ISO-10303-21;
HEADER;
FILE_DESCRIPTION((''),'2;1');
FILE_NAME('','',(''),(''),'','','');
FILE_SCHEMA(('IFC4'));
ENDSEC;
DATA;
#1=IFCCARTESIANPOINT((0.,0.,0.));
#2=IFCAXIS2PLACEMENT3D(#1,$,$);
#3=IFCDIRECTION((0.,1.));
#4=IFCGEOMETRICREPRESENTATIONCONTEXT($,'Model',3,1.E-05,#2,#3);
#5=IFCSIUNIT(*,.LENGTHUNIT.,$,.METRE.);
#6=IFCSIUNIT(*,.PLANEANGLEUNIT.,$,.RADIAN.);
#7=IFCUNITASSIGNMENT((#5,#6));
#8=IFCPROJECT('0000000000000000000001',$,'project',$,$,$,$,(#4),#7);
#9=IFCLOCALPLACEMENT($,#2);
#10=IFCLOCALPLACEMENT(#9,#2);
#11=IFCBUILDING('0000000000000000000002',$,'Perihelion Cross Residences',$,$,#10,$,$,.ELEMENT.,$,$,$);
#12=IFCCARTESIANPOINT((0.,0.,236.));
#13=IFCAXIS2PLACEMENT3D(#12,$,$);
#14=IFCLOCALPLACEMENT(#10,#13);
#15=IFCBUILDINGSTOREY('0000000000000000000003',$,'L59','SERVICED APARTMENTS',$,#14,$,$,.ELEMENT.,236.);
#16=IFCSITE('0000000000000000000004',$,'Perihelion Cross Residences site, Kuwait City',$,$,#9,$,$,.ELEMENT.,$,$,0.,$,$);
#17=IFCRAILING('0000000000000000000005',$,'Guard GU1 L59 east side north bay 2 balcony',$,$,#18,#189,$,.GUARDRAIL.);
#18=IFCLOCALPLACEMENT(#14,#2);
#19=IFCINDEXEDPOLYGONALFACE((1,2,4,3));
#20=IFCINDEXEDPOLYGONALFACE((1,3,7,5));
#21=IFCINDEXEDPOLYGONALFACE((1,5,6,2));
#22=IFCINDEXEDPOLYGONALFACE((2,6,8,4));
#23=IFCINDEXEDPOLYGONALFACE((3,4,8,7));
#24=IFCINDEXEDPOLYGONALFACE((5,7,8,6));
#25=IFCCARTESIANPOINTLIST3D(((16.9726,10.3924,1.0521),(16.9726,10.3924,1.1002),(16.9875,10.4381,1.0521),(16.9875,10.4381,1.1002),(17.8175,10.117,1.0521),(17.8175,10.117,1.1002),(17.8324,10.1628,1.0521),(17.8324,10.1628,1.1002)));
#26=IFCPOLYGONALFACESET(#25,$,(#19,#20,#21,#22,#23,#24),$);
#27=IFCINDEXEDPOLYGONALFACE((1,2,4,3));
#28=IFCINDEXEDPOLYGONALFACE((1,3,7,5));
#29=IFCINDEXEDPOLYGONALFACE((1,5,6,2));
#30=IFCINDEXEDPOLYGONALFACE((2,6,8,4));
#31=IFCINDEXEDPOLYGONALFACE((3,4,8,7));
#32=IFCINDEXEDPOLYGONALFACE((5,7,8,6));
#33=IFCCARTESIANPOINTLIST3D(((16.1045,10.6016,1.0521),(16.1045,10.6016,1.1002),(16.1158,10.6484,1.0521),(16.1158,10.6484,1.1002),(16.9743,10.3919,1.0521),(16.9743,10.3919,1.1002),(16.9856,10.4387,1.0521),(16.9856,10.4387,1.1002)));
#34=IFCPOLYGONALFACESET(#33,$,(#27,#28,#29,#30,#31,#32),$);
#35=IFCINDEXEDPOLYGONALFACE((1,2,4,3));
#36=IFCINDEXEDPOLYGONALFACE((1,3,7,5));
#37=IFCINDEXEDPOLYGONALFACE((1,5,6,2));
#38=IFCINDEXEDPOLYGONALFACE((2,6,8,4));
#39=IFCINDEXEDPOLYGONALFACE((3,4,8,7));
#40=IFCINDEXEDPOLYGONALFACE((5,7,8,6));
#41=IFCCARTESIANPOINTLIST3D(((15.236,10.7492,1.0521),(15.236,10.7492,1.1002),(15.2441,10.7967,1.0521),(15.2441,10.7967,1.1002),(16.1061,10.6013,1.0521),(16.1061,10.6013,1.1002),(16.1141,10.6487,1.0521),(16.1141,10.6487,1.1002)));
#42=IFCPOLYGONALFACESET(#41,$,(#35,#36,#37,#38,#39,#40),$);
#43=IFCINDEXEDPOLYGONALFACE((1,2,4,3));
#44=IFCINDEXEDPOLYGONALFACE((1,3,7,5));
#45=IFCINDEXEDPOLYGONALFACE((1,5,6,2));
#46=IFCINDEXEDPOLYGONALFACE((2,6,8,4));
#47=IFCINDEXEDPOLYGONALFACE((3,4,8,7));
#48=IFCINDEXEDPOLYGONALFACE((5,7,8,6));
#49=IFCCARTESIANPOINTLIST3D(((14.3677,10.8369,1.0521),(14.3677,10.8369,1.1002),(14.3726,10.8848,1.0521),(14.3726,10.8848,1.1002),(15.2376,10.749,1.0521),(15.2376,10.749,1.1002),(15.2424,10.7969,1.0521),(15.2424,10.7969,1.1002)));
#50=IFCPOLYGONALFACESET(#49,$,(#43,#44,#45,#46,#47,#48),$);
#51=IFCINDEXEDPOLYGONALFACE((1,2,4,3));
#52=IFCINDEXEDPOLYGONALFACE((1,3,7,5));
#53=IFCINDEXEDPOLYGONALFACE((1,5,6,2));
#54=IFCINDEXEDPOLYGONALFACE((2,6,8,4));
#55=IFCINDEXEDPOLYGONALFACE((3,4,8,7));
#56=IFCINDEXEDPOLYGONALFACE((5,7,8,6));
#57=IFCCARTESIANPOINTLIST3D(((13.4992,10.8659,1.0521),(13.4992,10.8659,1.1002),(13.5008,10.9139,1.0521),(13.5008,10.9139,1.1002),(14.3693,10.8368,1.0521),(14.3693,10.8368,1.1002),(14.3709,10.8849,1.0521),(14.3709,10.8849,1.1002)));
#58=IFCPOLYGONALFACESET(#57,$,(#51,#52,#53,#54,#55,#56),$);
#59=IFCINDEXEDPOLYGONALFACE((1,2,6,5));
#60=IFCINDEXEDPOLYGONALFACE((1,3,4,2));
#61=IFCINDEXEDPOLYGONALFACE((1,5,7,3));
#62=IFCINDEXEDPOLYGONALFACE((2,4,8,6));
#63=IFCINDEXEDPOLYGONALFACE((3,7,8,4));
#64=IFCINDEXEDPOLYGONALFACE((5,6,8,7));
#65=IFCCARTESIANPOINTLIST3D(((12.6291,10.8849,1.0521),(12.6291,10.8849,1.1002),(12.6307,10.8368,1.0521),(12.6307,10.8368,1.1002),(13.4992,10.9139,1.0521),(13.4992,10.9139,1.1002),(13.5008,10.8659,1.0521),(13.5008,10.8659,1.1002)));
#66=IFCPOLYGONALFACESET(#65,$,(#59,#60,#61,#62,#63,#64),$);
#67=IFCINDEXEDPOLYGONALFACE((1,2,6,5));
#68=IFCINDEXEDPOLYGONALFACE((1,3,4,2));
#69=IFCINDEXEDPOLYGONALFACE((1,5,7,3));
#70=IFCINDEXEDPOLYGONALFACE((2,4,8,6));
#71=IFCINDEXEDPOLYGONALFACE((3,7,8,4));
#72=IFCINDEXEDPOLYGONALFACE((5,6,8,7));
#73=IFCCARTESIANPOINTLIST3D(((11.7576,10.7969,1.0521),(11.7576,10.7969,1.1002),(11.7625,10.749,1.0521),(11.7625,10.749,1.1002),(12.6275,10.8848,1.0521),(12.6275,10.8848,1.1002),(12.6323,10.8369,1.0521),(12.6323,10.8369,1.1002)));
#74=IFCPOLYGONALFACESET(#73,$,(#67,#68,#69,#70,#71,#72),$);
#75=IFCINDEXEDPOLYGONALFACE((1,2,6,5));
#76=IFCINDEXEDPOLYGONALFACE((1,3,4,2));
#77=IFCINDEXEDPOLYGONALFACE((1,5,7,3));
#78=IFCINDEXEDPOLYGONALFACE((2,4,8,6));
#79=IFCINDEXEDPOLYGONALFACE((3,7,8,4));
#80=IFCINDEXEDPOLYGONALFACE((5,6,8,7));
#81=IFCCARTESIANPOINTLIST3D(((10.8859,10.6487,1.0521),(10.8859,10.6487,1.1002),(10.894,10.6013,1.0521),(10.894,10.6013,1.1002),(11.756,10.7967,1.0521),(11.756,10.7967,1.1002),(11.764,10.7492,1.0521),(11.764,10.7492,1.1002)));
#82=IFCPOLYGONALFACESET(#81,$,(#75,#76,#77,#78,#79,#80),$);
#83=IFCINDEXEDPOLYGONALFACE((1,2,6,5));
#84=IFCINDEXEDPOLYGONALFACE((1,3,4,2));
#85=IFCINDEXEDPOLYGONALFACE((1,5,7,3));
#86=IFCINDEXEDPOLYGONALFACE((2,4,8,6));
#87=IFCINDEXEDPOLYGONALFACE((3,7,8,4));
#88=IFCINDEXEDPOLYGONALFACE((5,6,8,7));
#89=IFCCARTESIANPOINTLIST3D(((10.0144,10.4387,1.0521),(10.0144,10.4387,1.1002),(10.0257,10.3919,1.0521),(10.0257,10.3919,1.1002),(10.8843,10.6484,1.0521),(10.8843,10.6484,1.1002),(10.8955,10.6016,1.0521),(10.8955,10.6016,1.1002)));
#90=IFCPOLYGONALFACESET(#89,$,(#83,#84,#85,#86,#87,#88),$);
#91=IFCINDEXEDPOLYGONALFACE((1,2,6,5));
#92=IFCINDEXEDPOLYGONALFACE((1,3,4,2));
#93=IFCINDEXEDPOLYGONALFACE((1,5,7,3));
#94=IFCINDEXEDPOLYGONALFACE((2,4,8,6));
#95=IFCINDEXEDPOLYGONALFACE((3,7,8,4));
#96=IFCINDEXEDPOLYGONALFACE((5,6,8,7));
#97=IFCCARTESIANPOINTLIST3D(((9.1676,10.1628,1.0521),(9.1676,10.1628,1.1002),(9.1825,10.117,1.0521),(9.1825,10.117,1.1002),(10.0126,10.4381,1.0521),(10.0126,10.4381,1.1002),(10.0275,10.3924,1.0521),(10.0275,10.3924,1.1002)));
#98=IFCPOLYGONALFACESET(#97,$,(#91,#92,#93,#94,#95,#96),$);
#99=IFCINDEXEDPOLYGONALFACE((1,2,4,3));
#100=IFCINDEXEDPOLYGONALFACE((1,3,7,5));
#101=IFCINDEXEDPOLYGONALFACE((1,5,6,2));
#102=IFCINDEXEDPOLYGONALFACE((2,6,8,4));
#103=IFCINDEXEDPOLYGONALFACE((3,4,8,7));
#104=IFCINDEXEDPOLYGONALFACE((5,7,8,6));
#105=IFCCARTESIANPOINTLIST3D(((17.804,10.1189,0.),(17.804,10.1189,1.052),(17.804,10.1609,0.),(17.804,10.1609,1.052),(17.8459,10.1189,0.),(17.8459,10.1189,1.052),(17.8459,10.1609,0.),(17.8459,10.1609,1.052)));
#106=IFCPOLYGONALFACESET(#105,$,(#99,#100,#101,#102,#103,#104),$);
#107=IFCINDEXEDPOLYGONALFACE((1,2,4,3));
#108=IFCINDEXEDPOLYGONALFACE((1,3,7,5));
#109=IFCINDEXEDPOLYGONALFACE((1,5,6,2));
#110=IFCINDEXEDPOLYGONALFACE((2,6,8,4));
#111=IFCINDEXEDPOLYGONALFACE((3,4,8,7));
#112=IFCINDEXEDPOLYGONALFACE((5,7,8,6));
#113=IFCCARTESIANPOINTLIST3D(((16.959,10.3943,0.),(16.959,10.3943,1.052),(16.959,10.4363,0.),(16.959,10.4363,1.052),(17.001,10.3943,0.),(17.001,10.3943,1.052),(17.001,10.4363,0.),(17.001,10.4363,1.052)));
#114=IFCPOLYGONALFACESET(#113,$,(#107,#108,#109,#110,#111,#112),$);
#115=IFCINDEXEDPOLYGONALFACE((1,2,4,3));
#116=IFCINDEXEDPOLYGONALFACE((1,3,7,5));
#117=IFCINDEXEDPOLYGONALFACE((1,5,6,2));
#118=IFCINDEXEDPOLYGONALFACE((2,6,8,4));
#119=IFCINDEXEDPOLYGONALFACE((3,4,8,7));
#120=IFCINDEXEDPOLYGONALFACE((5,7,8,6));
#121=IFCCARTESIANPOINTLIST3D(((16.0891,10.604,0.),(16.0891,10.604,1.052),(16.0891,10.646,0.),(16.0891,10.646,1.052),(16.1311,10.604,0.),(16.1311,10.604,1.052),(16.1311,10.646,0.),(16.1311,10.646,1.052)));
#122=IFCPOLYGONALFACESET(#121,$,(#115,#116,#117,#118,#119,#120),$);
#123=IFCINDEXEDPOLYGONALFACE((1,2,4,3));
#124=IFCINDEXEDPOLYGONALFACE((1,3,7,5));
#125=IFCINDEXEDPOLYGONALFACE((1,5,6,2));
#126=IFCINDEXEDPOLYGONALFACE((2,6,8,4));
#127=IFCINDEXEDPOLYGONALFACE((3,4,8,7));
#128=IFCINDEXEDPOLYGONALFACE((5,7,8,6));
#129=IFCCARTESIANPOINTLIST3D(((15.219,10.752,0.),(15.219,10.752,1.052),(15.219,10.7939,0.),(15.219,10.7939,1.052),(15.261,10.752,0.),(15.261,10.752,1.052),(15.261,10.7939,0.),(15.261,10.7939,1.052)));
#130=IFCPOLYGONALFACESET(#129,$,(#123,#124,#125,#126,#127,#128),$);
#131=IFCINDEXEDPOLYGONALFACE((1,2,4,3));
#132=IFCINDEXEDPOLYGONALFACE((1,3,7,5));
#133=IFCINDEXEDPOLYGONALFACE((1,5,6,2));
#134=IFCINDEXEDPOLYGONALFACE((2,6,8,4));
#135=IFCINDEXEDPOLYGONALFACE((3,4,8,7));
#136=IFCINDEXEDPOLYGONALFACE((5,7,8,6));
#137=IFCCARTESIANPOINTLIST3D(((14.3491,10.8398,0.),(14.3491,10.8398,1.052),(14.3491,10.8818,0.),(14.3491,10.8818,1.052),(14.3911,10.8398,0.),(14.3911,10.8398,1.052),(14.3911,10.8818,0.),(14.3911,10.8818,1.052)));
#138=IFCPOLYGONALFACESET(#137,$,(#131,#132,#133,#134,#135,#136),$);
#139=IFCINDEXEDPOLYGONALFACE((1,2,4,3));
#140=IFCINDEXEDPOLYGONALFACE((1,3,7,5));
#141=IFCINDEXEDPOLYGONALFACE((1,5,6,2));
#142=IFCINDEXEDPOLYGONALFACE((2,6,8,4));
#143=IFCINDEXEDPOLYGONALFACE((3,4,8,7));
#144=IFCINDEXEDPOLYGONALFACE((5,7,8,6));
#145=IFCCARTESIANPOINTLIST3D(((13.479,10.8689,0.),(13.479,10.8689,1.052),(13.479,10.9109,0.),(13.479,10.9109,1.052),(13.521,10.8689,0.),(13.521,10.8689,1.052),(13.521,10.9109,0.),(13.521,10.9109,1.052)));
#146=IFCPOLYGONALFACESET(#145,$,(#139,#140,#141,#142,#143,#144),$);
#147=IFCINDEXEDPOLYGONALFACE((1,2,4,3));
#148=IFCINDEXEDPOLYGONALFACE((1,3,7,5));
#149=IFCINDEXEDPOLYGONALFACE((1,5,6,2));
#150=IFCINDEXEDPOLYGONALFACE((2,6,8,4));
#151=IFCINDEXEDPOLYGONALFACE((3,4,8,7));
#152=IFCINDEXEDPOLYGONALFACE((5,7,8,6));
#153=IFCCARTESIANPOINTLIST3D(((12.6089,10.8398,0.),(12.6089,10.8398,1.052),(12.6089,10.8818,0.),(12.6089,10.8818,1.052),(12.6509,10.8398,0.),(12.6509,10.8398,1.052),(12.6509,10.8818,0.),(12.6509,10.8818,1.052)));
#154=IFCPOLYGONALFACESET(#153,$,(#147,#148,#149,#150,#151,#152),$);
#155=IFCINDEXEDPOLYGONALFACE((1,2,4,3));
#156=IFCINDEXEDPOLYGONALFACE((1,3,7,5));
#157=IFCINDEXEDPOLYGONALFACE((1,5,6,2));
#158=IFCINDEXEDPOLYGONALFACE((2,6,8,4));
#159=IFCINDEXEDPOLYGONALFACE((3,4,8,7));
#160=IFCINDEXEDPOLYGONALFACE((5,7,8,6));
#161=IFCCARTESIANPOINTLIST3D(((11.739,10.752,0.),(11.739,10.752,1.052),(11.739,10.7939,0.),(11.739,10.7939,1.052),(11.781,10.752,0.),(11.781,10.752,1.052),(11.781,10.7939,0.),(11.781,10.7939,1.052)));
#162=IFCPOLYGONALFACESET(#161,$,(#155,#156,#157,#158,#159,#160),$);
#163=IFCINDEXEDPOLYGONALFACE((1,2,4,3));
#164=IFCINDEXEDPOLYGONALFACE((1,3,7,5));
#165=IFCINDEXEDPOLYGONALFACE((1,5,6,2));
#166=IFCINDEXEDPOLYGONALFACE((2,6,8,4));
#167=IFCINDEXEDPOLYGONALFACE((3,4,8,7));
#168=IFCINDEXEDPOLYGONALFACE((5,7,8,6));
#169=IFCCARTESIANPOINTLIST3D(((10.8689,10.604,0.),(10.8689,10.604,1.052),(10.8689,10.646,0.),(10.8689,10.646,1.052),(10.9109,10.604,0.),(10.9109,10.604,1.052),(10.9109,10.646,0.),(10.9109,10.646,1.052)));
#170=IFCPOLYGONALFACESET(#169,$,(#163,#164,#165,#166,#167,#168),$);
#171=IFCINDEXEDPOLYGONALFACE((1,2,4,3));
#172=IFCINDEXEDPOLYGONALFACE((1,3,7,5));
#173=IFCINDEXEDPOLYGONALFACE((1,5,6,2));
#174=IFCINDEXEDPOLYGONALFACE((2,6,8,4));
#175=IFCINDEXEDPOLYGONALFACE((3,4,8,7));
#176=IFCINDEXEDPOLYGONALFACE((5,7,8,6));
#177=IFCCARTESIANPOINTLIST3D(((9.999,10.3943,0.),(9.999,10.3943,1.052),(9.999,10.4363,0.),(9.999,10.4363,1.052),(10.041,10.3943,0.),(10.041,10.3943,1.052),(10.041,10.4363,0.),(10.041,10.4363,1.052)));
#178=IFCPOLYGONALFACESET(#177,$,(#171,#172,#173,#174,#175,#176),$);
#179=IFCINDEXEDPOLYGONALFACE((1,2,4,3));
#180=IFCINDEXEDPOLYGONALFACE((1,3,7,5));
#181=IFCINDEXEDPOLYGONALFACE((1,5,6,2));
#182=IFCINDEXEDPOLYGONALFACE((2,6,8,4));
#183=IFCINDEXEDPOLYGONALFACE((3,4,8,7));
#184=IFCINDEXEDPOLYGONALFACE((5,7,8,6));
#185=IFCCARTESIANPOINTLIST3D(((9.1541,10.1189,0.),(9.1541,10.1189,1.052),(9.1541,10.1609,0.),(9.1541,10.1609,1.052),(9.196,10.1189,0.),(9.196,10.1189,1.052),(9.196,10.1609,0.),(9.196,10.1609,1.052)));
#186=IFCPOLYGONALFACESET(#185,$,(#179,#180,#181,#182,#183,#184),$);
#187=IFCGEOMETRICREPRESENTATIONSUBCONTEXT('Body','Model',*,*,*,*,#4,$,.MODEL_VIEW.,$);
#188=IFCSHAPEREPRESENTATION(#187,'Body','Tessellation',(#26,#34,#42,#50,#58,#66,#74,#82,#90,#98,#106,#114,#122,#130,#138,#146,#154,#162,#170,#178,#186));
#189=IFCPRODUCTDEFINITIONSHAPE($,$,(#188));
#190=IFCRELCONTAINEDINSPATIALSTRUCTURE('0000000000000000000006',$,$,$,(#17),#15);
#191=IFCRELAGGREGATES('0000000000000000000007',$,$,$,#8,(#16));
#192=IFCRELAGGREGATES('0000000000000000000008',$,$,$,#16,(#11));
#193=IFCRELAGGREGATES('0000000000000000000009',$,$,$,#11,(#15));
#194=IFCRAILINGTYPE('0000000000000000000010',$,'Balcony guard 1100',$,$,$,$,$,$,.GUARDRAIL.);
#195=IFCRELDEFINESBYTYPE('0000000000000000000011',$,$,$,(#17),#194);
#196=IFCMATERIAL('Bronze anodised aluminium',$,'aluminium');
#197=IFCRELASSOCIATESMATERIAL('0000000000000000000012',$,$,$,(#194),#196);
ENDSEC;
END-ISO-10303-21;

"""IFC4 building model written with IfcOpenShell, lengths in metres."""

from ifc_helpers import new_model, si_unit, direction, frame, origin, origin_2d, place, context, subcontext, project, spatial, rectangle, extrude, material, type_object, element, save


model = new_model("IFC4")

# Units and contexts
model_context = context("Model", 3, precision=1e-05, world=origin(), true_north=direction((0.0, 1.0)))
body_context = subcontext(model_context, "Body", "Model", "MODEL_VIEW")
ifc_project = project(units=[si_unit("LENGTHUNIT", "METRE"), si_unit("PLANEANGLEUNIT", "RADIAN")], contexts=[model_context])

# Site, building, storey
site_placement = place(None, origin())
site = spatial("IfcSite", under=ifc_project, at=site_placement, Name="Perihelion Cross Residences site, Kuwait City", CompositionType="ELEMENT", RefElevation=0.0)
building_placement = place(site_placement, origin())
building = spatial("IfcBuilding", under=site, at=building_placement, Name="Perihelion Cross Residences", CompositionType="ELEMENT")
storey_placement = place(building_placement, frame((0.0, 0.0, 236.0)))
storey = spatial("IfcBuildingStorey", under=building, at=storey_placement, Name="L59", Description="SERVICED APARTMENTS", CompositionType="ELEMENT", Elevation=236.0)

# Railing
ifc_material_1 = material(Name="Bronze anodised aluminium", Category="aluminium")
railing_type = type_object("IfcRailingType", Name="Balcony guard 1100", PredefinedType="GUARDRAIL", material=ifc_material_1)
railing_placement = place(storey_placement, frame((17.825, 10.1399, 0.0)))
element("IfcRailing", 1, at=railing_placement, inside=storey, type_object=railing_type, Name="Guard GU1 L59 east side north bay 2 balcony", PredefinedType="GUARDRAIL", context=body_context, shape_type="SweptSolid", body=[
    extrude(rectangle(XDim=0.0481, YDim=0.0481, at=origin_2d()), frame((0.0, 0.0, 1.0762), z_axis=(-0.950777, 0.309875, 0.0), x_axis=(-0.309875, -0.950777, 0.0)), (0.0, 0.0, 1.0), 0.8887),
    extrude(rectangle(XDim=0.0481, YDim=0.0481, at=origin_2d()), frame((-0.845, 0.2754, 1.0762), z_axis=(-0.972147, 0.234374, 0.0), x_axis=(-0.234374, -0.972147, 0.0)), (0.0, 0.0, 1.0), 0.8948),
    extrude(rectangle(XDim=0.0481, YDim=0.0481, at=origin_2d()), frame((-1.7148, 0.4851, 1.0762), z_axis=(-0.98585, 0.167628, 0.0), x_axis=(-0.167628, -0.98585, 0.0)), (0.0, 0.0, 1.0), 0.8826),
    extrude(rectangle(XDim=0.0481, YDim=0.0481, at=origin_2d()), frame((-2.585, 0.6331, 1.0762), z_axis=(-0.994934, 0.100527, 0.0), x_axis=(-0.100527, -0.994934, 0.0)), (0.0, 0.0, 1.0), 0.8743),
    extrude(rectangle(XDim=0.0481, YDim=0.0481, at=origin_2d()), frame((-3.4548, 0.7209, 1.0762), z_axis=(-0.999443, 0.033371, 0.0), x_axis=(-0.033371, -0.999443, 0.0)), (0.0, 0.0, 1.0), 0.8706),
    extrude(rectangle(XDim=0.0481, YDim=0.0481, at=origin_2d()), frame((-4.325, 0.75, 1.0762), z_axis=(-0.999443, -0.033371, 0.0), x_axis=(0.033371, -0.999443, 0.0)), (0.0, 0.0, 1.0), 0.8706),
    extrude(rectangle(XDim=0.0481, YDim=0.0481, at=origin_2d()), frame((-5.1951, 0.7209, 1.0762), z_axis=(-0.994934, -0.100527, 0.0), x_axis=(0.100527, -0.994934, 0.0)), (0.0, 0.0, 1.0), 0.8743),
    extrude(rectangle(XDim=0.0481, YDim=0.0481, at=origin_2d()), frame((-6.0649, 0.6331, 1.0762), z_axis=(-0.98585, -0.167628, 0.0), x_axis=(0.167628, -0.98585, 0.0)), (0.0, 0.0, 1.0), 0.8826),
    extrude(rectangle(XDim=0.0481, YDim=0.0481, at=origin_2d()), frame((-6.9351, 0.4851, 1.0762), z_axis=(-0.972147, -0.234374, 0.0), x_axis=(0.234374, -0.972147, 0.0)), (0.0, 0.0, 1.0), 0.8948),
    extrude(rectangle(XDim=0.0481, YDim=0.0481, at=origin_2d()), frame((-7.8049, 0.2754, 1.0762), z_axis=(-0.950777, -0.309875, 0.0), x_axis=(0.309875, -0.950777, 0.0)), (0.0, 0.0, 1.0), 0.8887),
    extrude(rectangle(XDim=0.042, YDim=0.042, at=origin_2d()), origin(), (0.0, 0.0, 1.0), 1.052),
    extrude(rectangle(XDim=0.042, YDim=0.042, at=origin_2d()), frame((-0.845, 0.2754, 0.0)), (0.0, 0.0, 1.0), 1.052),
    extrude(rectangle(XDim=0.042, YDim=0.042, at=origin_2d()), frame((-1.7148, 0.4851, 0.0)), (0.0, 0.0, 1.0), 1.052),
    extrude(rectangle(XDim=0.042, YDim=0.042, at=origin_2d()), frame((-2.585, 0.6331, 0.0)), (0.0, 0.0, 1.0), 1.052),
    extrude(rectangle(XDim=0.042, YDim=0.042, at=origin_2d()), frame((-3.4548, 0.7209, 0.0)), (0.0, 0.0, 1.0), 1.052),
    extrude(rectangle(XDim=0.042, YDim=0.042, at=origin_2d()), frame((-4.325, 0.75, 0.0)), (0.0, 0.0, 1.0), 1.052),
    extrude(rectangle(XDim=0.042, YDim=0.042, at=origin_2d()), frame((-5.1951, 0.7209, 0.0)), (0.0, 0.0, 1.0), 1.052),
    extrude(rectangle(XDim=0.042, YDim=0.042, at=origin_2d()), frame((-6.0649, 0.6331, 0.0)), (0.0, 0.0, 1.0), 1.052),
    extrude(rectangle(XDim=0.042, YDim=0.042, at=origin_2d()), frame((-6.9351, 0.4851, 0.0)), (0.0, 0.0, 1.0), 1.052),
    extrude(rectangle(XDim=0.042, YDim=0.042, at=origin_2d()), frame((-7.8049, 0.2754, 0.0)), (0.0, 0.0, 1.0), 1.052),
    extrude(rectangle(XDim=0.042, YDim=0.042, at=origin_2d()), frame((-8.6499, 0.0, 0.0)), (0.0, 0.0, 1.0), 1.052),
])

save(model, "model.ifc")
